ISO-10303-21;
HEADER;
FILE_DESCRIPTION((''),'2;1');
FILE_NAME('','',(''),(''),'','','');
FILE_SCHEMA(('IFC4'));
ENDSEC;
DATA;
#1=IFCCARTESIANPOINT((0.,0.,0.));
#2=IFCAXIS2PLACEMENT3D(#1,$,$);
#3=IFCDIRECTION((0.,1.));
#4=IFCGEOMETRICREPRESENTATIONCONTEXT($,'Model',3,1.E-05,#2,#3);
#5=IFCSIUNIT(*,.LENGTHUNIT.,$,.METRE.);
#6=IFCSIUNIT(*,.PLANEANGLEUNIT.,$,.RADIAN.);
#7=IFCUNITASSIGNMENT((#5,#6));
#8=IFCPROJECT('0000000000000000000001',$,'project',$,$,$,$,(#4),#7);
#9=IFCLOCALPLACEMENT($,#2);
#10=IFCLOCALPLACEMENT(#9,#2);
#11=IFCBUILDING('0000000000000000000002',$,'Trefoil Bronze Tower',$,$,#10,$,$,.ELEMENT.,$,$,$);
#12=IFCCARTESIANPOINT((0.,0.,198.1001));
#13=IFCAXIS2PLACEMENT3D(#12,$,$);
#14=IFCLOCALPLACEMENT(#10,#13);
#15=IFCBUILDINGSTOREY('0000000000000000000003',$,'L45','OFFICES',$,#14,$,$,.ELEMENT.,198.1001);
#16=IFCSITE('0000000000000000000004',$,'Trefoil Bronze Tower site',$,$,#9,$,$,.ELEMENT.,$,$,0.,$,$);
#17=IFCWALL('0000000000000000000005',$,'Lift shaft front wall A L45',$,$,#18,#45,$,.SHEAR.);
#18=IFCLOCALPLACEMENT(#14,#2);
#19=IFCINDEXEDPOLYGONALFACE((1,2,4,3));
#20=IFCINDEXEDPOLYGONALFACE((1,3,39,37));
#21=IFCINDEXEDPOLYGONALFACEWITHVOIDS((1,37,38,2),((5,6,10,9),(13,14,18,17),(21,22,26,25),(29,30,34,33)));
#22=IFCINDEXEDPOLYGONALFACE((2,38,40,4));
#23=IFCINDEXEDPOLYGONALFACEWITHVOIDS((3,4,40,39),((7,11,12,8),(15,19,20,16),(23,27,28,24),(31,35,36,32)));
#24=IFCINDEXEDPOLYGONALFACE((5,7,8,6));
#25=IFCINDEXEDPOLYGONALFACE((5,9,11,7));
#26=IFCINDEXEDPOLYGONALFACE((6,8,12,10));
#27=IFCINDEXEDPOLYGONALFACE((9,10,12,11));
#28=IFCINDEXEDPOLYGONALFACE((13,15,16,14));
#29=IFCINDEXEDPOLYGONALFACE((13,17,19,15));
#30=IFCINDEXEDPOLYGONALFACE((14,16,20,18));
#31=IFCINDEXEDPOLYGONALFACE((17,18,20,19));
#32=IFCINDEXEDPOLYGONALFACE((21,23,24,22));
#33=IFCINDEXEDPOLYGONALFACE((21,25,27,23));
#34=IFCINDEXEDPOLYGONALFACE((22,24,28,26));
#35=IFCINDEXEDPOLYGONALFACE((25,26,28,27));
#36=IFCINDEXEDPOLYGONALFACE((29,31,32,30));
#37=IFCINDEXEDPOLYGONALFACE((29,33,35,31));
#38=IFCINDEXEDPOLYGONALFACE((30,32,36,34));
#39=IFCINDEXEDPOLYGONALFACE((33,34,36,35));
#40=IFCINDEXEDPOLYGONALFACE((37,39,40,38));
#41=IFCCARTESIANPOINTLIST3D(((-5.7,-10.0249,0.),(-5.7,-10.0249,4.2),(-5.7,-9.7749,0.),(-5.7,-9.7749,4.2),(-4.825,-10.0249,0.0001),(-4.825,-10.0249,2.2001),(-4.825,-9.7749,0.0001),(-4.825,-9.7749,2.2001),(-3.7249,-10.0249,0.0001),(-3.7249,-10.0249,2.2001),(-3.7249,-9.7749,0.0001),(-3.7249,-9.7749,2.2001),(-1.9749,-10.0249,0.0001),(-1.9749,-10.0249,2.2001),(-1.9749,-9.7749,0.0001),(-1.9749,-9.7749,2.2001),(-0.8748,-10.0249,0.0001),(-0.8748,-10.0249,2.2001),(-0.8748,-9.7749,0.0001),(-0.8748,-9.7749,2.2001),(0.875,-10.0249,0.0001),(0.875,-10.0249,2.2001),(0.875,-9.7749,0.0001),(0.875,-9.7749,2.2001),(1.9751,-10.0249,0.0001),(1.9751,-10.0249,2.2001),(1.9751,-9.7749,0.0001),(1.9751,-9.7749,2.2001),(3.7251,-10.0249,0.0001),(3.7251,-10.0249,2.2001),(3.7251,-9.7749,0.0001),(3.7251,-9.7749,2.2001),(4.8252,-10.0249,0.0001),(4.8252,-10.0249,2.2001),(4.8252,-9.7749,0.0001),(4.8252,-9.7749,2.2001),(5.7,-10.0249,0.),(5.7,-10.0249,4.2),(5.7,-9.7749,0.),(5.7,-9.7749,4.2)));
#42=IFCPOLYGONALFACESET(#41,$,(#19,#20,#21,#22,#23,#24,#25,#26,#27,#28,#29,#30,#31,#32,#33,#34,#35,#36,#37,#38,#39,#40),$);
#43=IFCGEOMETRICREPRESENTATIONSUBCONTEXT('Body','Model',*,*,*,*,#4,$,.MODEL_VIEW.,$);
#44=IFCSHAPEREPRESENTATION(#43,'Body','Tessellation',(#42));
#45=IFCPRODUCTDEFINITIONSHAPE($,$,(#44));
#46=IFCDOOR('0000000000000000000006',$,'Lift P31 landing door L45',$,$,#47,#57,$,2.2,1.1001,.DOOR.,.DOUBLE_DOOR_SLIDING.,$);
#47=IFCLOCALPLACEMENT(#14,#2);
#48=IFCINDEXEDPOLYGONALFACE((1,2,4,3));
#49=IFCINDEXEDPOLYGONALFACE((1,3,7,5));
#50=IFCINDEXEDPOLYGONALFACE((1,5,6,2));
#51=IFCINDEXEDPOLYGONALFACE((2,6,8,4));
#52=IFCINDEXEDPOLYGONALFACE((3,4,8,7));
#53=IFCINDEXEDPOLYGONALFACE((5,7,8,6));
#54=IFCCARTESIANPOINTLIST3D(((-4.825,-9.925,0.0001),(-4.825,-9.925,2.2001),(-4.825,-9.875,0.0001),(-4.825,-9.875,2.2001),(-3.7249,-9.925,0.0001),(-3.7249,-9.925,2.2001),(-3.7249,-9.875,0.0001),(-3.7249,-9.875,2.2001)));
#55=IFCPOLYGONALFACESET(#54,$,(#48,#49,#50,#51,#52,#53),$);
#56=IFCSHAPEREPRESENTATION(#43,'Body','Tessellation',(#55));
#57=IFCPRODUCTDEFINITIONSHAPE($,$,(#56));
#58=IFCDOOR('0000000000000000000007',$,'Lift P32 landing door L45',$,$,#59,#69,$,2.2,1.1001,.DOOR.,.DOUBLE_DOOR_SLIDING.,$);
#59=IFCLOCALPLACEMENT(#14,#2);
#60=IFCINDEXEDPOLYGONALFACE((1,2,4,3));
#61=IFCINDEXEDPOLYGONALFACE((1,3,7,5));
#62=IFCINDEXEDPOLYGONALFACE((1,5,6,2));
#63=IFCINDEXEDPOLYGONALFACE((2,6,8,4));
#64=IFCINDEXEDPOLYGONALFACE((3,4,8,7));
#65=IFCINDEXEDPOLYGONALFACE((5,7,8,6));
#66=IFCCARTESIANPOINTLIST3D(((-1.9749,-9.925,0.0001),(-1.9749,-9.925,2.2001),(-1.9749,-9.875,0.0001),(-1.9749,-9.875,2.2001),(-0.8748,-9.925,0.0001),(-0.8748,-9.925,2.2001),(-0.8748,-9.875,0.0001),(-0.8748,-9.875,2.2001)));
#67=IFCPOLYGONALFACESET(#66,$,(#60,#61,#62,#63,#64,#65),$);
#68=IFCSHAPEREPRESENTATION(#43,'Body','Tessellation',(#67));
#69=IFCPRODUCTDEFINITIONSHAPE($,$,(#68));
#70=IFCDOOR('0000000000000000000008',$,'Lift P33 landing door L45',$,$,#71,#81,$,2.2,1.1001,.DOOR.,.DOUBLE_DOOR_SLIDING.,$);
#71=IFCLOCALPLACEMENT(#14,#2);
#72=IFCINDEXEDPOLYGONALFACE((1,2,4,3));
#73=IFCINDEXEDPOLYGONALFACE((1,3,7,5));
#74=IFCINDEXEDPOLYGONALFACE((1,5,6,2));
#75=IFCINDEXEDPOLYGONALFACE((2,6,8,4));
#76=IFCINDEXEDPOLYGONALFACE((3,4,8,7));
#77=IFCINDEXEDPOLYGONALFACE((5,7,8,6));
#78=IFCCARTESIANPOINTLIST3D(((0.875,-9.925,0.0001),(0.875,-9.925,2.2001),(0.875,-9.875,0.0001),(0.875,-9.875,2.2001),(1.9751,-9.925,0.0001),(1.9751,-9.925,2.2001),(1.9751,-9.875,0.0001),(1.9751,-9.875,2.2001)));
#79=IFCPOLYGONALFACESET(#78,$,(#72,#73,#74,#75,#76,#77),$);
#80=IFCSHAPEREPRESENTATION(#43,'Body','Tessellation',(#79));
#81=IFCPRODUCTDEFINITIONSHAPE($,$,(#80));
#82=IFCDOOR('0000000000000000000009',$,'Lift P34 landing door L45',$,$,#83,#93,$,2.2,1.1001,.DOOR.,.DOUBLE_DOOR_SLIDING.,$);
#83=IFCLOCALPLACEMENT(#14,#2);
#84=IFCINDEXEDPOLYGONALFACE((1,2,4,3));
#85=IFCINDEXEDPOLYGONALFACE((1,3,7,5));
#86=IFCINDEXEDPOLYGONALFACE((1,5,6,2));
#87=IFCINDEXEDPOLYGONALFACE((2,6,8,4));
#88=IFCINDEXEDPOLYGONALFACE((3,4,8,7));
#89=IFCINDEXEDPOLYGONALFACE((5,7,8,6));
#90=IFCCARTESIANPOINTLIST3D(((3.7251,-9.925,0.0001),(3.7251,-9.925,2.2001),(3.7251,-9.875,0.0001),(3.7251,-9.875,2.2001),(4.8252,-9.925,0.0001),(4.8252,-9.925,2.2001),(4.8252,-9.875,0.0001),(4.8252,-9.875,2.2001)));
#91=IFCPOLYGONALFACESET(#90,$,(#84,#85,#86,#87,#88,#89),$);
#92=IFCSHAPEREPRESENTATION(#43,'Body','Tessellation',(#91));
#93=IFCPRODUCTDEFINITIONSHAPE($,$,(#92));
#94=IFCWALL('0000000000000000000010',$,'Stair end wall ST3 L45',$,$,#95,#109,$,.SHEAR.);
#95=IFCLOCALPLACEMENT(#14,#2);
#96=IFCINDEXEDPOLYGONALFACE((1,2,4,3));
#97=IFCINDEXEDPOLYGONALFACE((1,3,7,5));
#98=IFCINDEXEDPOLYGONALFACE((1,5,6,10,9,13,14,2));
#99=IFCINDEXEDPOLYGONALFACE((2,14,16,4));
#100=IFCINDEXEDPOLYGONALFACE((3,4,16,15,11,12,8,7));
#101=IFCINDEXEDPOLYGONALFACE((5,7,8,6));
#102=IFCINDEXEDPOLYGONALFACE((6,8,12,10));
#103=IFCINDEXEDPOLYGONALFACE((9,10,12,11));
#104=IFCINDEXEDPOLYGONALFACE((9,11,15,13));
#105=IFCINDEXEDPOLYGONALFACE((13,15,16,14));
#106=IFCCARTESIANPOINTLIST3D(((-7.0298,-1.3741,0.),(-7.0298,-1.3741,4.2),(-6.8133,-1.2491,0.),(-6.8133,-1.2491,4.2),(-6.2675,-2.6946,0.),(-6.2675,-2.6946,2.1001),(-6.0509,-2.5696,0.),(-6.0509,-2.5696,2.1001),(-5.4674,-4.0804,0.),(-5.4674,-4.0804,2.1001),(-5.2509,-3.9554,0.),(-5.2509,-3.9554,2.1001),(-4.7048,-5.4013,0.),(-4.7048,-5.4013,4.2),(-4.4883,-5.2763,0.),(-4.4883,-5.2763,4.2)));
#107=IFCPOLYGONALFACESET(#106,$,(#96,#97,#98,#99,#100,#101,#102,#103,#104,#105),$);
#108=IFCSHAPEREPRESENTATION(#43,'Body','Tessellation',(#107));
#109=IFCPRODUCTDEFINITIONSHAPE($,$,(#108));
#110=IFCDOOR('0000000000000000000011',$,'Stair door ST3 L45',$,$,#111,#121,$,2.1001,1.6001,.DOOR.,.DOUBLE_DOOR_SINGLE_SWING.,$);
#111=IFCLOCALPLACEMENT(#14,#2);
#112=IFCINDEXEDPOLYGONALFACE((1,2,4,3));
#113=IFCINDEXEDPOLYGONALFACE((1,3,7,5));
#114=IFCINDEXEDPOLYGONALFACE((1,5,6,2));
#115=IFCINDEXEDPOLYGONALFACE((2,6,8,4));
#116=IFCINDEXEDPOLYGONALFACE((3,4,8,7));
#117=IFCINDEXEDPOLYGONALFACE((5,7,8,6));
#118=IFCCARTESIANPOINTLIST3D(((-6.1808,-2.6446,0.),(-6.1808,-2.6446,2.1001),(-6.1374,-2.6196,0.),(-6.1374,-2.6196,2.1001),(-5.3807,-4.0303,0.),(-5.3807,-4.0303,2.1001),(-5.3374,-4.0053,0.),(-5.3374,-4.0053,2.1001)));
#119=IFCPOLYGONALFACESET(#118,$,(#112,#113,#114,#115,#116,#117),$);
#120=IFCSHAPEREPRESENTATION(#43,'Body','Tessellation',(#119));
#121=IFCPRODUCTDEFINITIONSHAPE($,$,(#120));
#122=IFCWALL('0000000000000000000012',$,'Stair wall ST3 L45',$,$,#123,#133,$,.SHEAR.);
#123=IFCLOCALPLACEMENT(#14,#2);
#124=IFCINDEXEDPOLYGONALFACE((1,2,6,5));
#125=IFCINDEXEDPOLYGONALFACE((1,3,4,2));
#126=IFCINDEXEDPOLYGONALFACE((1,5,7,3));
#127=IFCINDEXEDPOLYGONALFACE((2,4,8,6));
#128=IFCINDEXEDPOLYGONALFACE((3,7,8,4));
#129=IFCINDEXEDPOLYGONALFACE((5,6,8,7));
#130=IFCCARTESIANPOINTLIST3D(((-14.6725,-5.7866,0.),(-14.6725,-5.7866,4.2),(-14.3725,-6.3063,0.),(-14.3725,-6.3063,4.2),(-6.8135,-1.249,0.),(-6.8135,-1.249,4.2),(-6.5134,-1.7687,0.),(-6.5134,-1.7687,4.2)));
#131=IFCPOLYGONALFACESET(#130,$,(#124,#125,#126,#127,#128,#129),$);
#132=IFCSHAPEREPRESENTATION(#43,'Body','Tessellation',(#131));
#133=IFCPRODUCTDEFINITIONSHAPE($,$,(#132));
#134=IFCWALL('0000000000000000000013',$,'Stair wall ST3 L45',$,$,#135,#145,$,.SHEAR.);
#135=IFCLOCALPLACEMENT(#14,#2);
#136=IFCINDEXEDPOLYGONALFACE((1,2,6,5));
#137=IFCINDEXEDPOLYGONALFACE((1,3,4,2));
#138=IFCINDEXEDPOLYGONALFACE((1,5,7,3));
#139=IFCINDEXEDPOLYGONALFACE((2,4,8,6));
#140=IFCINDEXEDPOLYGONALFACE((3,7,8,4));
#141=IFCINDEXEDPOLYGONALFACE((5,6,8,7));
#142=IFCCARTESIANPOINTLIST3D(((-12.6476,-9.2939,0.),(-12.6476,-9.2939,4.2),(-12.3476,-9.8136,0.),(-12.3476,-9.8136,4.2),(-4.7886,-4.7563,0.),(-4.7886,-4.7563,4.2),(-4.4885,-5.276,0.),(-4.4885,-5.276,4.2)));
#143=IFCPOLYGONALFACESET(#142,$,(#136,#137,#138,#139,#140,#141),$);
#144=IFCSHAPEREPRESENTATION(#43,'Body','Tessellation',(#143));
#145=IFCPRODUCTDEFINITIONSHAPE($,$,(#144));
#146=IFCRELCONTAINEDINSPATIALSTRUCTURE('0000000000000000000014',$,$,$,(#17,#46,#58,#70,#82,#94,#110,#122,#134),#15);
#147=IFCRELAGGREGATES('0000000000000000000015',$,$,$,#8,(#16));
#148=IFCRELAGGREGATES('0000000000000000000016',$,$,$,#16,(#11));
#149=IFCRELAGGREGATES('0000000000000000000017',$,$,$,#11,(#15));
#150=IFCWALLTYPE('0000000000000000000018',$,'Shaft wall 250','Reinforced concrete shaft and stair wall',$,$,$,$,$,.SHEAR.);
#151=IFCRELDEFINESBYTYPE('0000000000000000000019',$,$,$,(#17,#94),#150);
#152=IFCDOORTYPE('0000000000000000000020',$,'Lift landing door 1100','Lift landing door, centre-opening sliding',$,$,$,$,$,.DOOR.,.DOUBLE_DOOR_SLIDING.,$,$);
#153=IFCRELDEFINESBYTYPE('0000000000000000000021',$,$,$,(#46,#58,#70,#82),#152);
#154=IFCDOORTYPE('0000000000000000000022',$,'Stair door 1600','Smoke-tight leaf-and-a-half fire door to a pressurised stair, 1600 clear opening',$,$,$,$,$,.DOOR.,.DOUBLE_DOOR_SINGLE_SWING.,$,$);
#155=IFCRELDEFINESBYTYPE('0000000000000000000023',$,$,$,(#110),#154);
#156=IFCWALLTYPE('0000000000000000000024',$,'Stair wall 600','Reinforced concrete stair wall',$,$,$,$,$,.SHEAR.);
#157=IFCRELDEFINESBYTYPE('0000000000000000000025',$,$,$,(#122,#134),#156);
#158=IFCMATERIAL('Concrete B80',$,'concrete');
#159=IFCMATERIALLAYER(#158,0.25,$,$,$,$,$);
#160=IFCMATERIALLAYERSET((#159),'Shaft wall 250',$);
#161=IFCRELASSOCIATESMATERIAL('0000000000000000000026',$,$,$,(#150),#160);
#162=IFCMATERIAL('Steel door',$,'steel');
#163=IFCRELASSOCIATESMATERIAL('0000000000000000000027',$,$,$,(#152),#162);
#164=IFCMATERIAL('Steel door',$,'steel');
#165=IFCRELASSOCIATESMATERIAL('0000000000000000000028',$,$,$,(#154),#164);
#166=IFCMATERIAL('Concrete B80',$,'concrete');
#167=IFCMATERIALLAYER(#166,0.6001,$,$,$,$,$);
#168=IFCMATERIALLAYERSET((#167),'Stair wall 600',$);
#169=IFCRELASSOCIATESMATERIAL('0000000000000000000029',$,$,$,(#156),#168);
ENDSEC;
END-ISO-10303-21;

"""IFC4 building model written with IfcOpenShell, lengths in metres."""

from ifc_helpers import new_model, si_unit, direction, frame, frame_2d, origin, place, context, subcontext, project, spatial, rectangle, extrude, material, layer, layer_set, type_object, element, fill, save


model = new_model("IFC4")

# Units and contexts
model_context = context("Model", 3, precision=1e-05, world=origin(), true_north=direction((0.0, 1.0)))
body_context = subcontext(model_context, "Body", "Model", "MODEL_VIEW")
ifc_project = project(units=[si_unit("LENGTHUNIT", "METRE"), si_unit("PLANEANGLEUNIT", "RADIAN")], contexts=[model_context])

# Site, building, storey
site_placement = place(None, origin())
site = spatial("IfcSite", under=ifc_project, at=site_placement, Name="Trefoil Bronze Tower site", CompositionType="ELEMENT", RefElevation=0.0)
building_placement = place(site_placement, origin())
building = spatial("IfcBuilding", under=site, at=building_placement, Name="Trefoil Bronze Tower", CompositionType="ELEMENT")
storey_placement = place(building_placement, frame((0.0, 0.0, 198.1001)))
storey = spatial("IfcBuildingStorey", under=building, at=storey_placement, Name="L45", Description="OFFICES", CompositionType="ELEMENT", Elevation=198.1001)

# Wall, openings, doors
ifc_material_1 = material(Name="Concrete B80", Category="concrete")
ifc_layer_1 = layer(ifc_material_1, 0.25)
ifc_layer_set_1 = layer_set([ifc_layer_1], Name="Shaft wall 250")
wall_type_1 = type_object("IfcWallType", Name="Shaft wall 250", Description="Reinforced concrete shaft and stair wall", PredefinedType="SHEAR", material=ifc_layer_set_1)
wall_1_placement = place(storey_placement, frame((-5.7, -9.8999, 0.0), z_axis=(0.0, 0.0, 1.0), x_axis=(1.0, 0.0, 0.0)))
wall_1 = element("IfcWall", 1, at=wall_1_placement, inside=storey, type_object=wall_type_1, Name="Lift shaft front wall A L45", PredefinedType="SHEAR", context=body_context, shape_type="SweptSolid", body=[
    extrude(rectangle(XDim=11.3999, YDim=0.25, at=frame_2d((5.7, 0.0))), origin(), (0.0, 0.0, 1.0), 4.2),
])
opening_1_placement = place(wall_1_placement, frame((0.875, 0.0, 0.0)))
opening_1 = element("IfcOpeningElement", 2, at=opening_1_placement, cuts=wall_1, PredefinedType="OPENING", context=body_context, shape_type="SweptSolid", body=[
    extrude(rectangle(XDim=1.1001, YDim=2.2, at=frame_2d((0.55, 1.1001))), frame((0.0, 0.135, 0.0), z_axis=(0.0, -1.0, 0.0), x_axis=(1.0, 0.0, 0.0)), (0.0, 0.0, 1.0), 0.27),
])
opening_2_placement = place(wall_1_placement, frame((3.7251, 0.0, 0.0)))
opening_2 = element("IfcOpeningElement", 3, at=opening_2_placement, cuts=wall_1, PredefinedType="OPENING", context=body_context, shape_type="SweptSolid", body=[
    extrude(rectangle(XDim=1.1001, YDim=2.2, at=frame_2d((0.55, 1.1001))), frame((0.0, 0.135, 0.0), z_axis=(0.0, -1.0, 0.0), x_axis=(1.0, 0.0, 0.0)), (0.0, 0.0, 1.0), 0.27),
])
opening_3_placement = place(wall_1_placement, frame((6.575, 0.0, 0.0)))
opening_3 = element("IfcOpeningElement", 4, at=opening_3_placement, cuts=wall_1, PredefinedType="OPENING", context=body_context, shape_type="SweptSolid", body=[
    extrude(rectangle(XDim=1.1001, YDim=2.2, at=frame_2d((0.55, 1.1001))), frame((0.0, 0.135, 0.0), z_axis=(0.0, -1.0, 0.0), x_axis=(1.0, 0.0, 0.0)), (0.0, 0.0, 1.0), 0.27),
])
opening_4_placement = place(wall_1_placement, frame((9.425, 0.0, 0.0)))
opening_4 = element("IfcOpeningElement", 5, at=opening_4_placement, cuts=wall_1, PredefinedType="OPENING", context=body_context, shape_type="SweptSolid", body=[
    extrude(rectangle(XDim=1.1001, YDim=2.2, at=frame_2d((0.55, 1.1001))), frame((0.0, 0.135, 0.0), z_axis=(0.0, -1.0, 0.0), x_axis=(1.0, 0.0, 0.0)), (0.0, 0.0, 1.0), 0.27),
])
ifc_material_2 = material(Name="Steel door", Category="steel")
door_type_1 = type_object("IfcDoorType", Name="Lift landing door 1100", Description="Lift landing door, centre-opening sliding", OperationType="DOUBLE_DOOR_SLIDING", PredefinedType="DOOR", material=ifc_material_2)
door_1_placement = place(opening_1_placement, origin())
door_1 = element("IfcDoor", 6, at=door_1_placement, inside=storey, type_object=door_type_1, Name="Lift P31 landing door L45", OperationType="DOUBLE_DOOR_SLIDING", OverallHeight=2.2, OverallWidth=1.1001, PredefinedType="DOOR", context=body_context, shape_type="SweptSolid", body=[
    extrude(rectangle(XDim=1.1001, YDim=2.2, at=frame_2d((0.55, 1.1001))), frame((0.0, 0.0249, 0.0), z_axis=(0.0, -1.0, 0.0), x_axis=(1.0, 0.0, 0.0)), (0.0, 0.0, 1.0), 0.05),
])
fill(opening_1, door_1)
door_2_placement = place(opening_2_placement, origin())
door_2 = element("IfcDoor", 7, at=door_2_placement, inside=storey, type_object=door_type_1, Name="Lift P32 landing door L45", OperationType="DOUBLE_DOOR_SLIDING", OverallHeight=2.2, OverallWidth=1.1001, PredefinedType="DOOR", context=body_context, shape_type="SweptSolid", body=[
    extrude(rectangle(XDim=1.1001, YDim=2.2, at=frame_2d((0.55, 1.1001))), frame((0.0, 0.0249, 0.0), z_axis=(0.0, -1.0, 0.0), x_axis=(1.0, 0.0, 0.0)), (0.0, 0.0, 1.0), 0.05),
])
fill(opening_2, door_2)
door_3_placement = place(opening_3_placement, origin())
door_3 = element("IfcDoor", 8, at=door_3_placement, inside=storey, type_object=door_type_1, Name="Lift P33 landing door L45", OperationType="DOUBLE_DOOR_SLIDING", OverallHeight=2.2, OverallWidth=1.1001, PredefinedType="DOOR", context=body_context, shape_type="SweptSolid", body=[
    extrude(rectangle(XDim=1.1001, YDim=2.2, at=frame_2d((0.55, 1.1001))), frame((0.0, 0.0249, 0.0), z_axis=(0.0, -1.0, 0.0), x_axis=(1.0, 0.0, 0.0)), (0.0, 0.0, 1.0), 0.05),
])
fill(opening_3, door_3)
door_4_placement = place(opening_4_placement, origin())
door_4 = element("IfcDoor", 9, at=door_4_placement, inside=storey, type_object=door_type_1, Name="Lift P34 landing door L45", OperationType="DOUBLE_DOOR_SLIDING", OverallHeight=2.2, OverallWidth=1.1001, PredefinedType="DOOR", context=body_context, shape_type="SweptSolid", body=[
    extrude(rectangle(XDim=1.1001, YDim=2.2, at=frame_2d((0.55, 1.1001))), frame((0.0, 0.0249, 0.0), z_axis=(0.0, -1.0, 0.0), x_axis=(1.0, 0.0, 0.0)), (0.0, 0.0, 1.0), 0.05),
])
fill(opening_4, door_4)

# Wall, opening, door
wall_2_placement = place(storey_placement, frame((-6.9216, -1.3115, 0.0), z_axis=(0.0, 0.0, 1.0), x_axis=(0.499985, -0.866034, 0.0)))
wall_2 = element("IfcWall", 10, at=wall_2_placement, inside=storey, type_object=wall_type_1, Name="Stair end wall ST3 L45", PredefinedType="SHEAR", context=body_context, shape_type="SweptSolid", body=[
    extrude(rectangle(XDim=4.6501, YDim=0.25, at=frame_2d((2.3252, 0.0))), origin(), (0.0, 0.0, 1.0), 4.2),
])
opening_5_placement = place(wall_2_placement, frame((1.5249, 0.0, 0.0)))
opening_5 = element("IfcOpeningElement", 11, at=opening_5_placement, cuts=wall_2, PredefinedType="OPENING", context=body_context, shape_type="SweptSolid", body=[
    extrude(rectangle(XDim=1.6001, YDim=2.1001, at=frame_2d((0.8, 1.05))), frame((0.0, 0.135, 0.0), z_axis=(0.0, -1.0, 0.0), x_axis=(1.0, 0.0, 0.0)), (0.0, 0.0, 1.0), 0.27),
])
ifc_material_3 = material(Name="Steel door", Category="steel")
door_type_2 = type_object("IfcDoorType", Name="Stair door 1600", Description="Smoke-tight leaf-and-a-half fire door to a pressurised stair, 1600 clear opening", OperationType="DOUBLE_DOOR_SINGLE_SWING", PredefinedType="DOOR", material=ifc_material_3)
door_5_placement = place(opening_5_placement, frame((1.6001, 0.0, 0.0), z_axis=(0.0, 0.0, 1.0), x_axis=(-1.0, 0.0, 0.0)))
door_5 = element("IfcDoor", 12, at=door_5_placement, inside=storey, type_object=door_type_2, Name="Stair door ST3 L45", OperationType="DOUBLE_DOOR_SINGLE_SWING", OverallHeight=2.1001, OverallWidth=1.6001, PredefinedType="DOOR", context=body_context, shape_type="SweptSolid", body=[
    extrude(rectangle(XDim=1.6001, YDim=2.1001, at=frame_2d((0.8, 1.05))), frame((0.0, 0.0249, 0.0), z_axis=(0.0, -1.0, 0.0), x_axis=(1.0, 0.0, 0.0)), (0.0, 0.0, 1.0), 0.05),
])
fill(opening_5, door_5)

# Walls
ifc_material_4 = material(Name="Concrete B80", Category="concrete")
ifc_layer_2 = layer(ifc_material_4, 0.6001)
ifc_layer_set_2 = layer_set([ifc_layer_2], Name="Stair wall 600")
wall_type_2 = type_object("IfcWallType", Name="Stair wall 600", Description="Reinforced concrete stair wall", PredefinedType="SHEAR", material=ifc_layer_set_2)
for number, where, z_axis, x_axis, name in (
    (13, (-6.6633, -1.5088, 0.0), (0.0, 0.0, 1.0), (-0.866019, -0.50001, 0.0), "Stair wall ST3 L45"),
    (14, (-4.6384, -5.0161, 0.0), (0.0, 0.0, 1.0), (-0.866019, -0.50001, 0.0), "Stair wall ST3 L45"),
):
    element("IfcWall", number, at=place(storey_placement, frame(where, z_axis=z_axis, x_axis=x_axis)), inside=storey, type_object=wall_type_2, Name=name, PredefinedType="SHEAR", context=body_context, shape_type="SweptSolid", body=[
        extrude(rectangle(XDim=9.075, YDim=0.6001, at=frame_2d((4.5376, 0.0))), origin(), (0.0, 0.0, 1.0), 4.2),
    ])

save(model, "model.ifc")
